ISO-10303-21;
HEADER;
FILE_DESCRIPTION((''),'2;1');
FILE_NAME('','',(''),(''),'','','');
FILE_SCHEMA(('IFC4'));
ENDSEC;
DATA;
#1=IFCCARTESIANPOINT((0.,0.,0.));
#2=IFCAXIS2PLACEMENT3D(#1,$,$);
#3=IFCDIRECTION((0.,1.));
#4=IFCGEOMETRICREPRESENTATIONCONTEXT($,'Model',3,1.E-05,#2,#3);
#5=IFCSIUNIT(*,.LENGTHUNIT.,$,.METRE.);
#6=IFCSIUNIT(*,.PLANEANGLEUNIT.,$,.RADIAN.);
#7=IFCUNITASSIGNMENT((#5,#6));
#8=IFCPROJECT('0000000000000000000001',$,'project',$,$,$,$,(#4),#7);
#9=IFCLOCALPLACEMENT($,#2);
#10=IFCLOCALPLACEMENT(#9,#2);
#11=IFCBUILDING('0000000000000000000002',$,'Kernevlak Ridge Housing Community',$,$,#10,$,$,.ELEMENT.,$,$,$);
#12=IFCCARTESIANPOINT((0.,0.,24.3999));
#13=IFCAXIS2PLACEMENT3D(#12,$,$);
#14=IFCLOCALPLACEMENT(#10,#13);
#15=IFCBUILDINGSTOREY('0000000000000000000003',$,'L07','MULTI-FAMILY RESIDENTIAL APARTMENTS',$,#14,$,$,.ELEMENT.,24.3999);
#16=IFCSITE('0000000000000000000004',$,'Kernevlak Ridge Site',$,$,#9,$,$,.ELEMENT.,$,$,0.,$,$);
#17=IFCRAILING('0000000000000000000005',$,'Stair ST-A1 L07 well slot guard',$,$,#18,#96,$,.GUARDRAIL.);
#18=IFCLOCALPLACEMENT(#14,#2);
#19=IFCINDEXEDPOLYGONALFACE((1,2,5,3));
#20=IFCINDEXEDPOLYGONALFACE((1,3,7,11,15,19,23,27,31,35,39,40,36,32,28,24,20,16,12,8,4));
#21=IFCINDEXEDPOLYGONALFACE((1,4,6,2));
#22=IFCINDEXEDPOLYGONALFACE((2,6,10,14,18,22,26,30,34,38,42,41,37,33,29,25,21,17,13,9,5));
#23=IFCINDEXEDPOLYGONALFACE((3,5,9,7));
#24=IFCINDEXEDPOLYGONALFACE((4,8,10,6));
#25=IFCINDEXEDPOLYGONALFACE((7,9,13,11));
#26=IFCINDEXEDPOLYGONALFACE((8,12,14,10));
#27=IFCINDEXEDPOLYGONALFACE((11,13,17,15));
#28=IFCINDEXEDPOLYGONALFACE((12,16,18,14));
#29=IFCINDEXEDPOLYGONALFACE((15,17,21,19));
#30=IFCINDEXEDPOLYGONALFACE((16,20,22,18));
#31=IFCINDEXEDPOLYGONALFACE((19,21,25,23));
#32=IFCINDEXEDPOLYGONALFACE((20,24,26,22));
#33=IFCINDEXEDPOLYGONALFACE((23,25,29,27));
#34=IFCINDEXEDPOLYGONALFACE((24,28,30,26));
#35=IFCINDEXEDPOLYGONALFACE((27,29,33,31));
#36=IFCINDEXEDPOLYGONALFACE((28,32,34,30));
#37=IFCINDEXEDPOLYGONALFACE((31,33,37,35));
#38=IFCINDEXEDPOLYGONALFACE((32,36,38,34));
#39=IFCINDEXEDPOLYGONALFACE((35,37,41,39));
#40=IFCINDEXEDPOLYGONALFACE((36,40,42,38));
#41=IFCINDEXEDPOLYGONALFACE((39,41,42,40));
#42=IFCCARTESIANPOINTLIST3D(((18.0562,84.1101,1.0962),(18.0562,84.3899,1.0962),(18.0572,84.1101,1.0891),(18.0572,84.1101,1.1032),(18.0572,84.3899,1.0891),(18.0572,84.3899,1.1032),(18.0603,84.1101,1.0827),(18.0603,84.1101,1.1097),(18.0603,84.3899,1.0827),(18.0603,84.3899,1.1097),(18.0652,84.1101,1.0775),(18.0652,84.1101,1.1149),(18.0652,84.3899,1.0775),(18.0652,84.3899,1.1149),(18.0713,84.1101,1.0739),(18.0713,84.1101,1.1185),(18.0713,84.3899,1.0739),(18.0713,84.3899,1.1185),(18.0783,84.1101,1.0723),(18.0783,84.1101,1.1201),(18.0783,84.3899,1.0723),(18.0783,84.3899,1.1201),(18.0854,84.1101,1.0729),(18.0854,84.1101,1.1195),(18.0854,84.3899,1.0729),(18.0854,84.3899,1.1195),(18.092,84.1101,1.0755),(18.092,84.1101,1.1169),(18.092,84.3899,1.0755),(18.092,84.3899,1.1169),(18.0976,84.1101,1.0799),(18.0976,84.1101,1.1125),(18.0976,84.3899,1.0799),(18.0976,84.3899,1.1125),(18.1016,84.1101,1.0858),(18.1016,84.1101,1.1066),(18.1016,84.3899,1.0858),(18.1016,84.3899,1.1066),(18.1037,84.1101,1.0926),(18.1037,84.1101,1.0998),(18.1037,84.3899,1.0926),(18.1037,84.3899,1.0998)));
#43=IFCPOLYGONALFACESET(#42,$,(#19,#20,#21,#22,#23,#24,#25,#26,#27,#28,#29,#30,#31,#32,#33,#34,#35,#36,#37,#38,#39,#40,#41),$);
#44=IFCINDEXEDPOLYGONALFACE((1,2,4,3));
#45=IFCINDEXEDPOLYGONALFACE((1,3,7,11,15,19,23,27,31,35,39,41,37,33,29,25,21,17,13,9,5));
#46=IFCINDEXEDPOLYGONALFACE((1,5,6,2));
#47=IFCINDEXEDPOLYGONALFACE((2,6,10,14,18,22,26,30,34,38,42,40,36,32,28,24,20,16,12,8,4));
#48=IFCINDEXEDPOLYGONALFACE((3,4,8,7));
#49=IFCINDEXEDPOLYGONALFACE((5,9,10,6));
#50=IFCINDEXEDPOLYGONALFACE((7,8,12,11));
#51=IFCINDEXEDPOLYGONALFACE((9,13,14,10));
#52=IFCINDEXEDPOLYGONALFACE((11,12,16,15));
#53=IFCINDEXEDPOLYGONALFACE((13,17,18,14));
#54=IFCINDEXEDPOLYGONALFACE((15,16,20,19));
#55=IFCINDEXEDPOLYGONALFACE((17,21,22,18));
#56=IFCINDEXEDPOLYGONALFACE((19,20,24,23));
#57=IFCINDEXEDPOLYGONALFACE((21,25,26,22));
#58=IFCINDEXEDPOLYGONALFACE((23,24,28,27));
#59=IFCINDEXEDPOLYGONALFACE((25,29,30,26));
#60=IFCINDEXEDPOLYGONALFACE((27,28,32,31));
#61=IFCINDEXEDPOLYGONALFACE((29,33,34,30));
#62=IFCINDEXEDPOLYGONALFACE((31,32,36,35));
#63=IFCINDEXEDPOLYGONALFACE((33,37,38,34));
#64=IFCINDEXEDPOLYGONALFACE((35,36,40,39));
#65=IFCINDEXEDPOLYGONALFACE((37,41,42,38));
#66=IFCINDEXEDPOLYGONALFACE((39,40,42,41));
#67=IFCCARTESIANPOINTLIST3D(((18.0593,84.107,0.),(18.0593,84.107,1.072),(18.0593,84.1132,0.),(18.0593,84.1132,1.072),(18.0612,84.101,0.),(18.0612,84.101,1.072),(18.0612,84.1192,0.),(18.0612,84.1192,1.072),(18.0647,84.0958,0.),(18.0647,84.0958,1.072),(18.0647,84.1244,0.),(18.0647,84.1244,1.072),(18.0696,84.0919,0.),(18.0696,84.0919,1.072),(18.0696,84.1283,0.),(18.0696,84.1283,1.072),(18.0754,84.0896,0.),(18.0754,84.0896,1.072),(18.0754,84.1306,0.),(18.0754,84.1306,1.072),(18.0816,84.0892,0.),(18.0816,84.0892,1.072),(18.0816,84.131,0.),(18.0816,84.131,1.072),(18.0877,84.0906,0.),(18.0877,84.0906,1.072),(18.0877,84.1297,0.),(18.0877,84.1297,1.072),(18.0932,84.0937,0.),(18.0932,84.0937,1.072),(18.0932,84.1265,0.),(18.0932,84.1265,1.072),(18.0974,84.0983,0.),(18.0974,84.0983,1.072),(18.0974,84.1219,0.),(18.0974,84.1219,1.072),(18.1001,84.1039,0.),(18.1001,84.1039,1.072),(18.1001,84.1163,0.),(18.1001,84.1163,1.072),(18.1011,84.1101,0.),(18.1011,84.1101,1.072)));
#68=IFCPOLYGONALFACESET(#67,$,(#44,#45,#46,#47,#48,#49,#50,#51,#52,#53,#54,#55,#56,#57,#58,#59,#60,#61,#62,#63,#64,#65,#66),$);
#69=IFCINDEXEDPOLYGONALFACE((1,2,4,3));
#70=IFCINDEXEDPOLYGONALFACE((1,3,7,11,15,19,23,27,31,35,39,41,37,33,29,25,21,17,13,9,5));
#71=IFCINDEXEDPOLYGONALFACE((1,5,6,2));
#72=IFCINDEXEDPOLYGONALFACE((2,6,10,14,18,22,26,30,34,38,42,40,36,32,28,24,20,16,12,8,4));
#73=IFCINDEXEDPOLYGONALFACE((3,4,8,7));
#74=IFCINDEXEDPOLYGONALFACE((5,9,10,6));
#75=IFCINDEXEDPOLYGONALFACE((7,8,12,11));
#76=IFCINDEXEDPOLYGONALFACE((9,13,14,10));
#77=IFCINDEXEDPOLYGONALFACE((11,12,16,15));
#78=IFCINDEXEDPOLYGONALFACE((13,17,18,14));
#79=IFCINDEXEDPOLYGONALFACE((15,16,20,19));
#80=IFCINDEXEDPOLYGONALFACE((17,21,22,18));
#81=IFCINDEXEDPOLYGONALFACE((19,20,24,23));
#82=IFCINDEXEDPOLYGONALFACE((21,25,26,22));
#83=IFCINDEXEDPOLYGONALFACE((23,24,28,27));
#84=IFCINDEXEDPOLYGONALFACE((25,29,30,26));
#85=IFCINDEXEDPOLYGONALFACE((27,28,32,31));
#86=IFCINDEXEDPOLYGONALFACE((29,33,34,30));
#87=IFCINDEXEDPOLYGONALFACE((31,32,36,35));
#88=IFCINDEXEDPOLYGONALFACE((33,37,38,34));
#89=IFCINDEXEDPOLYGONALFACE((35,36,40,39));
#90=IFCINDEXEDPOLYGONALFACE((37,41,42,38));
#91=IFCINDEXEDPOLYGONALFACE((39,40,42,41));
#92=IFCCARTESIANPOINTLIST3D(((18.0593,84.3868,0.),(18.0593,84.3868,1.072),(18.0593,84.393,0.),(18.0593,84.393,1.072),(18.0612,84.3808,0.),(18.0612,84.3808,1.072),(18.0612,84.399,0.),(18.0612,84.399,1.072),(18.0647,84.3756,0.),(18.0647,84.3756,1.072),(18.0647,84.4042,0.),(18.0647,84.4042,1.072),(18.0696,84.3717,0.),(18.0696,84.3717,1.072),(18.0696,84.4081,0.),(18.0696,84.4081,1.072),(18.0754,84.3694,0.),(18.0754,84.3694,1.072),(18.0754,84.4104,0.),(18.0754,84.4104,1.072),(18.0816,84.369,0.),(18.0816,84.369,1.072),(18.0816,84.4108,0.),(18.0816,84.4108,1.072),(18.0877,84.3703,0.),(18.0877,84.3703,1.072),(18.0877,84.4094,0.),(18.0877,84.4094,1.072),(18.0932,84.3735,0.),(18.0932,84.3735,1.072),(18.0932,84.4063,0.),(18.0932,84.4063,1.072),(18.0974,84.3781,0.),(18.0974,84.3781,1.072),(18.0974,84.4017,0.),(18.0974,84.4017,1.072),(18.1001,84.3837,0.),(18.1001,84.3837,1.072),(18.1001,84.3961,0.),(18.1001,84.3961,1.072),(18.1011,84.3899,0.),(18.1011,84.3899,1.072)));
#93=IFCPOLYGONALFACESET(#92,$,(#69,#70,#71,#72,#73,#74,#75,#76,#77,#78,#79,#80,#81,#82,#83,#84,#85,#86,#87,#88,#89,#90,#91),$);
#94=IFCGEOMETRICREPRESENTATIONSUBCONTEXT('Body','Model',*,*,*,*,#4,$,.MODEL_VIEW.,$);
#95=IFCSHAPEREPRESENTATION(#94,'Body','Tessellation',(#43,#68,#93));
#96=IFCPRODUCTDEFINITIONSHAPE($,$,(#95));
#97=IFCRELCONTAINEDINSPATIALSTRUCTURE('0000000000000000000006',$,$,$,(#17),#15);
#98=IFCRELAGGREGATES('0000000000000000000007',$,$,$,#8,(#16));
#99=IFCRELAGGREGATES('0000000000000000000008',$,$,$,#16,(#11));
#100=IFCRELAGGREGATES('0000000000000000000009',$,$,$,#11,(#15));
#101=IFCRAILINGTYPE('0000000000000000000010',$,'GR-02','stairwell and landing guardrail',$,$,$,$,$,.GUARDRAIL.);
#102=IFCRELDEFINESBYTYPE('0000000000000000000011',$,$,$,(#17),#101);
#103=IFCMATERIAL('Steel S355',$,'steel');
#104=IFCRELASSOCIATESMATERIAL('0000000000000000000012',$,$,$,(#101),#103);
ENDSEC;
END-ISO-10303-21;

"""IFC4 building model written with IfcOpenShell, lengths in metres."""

from ifc_helpers import new_model, si_unit, direction, frame, origin, origin_2d, place, context, subcontext, project, spatial, circle, extrude, material, type_object, element, save


model = new_model("IFC4")

# Units and contexts
model_context = context("Model", 3, precision=1e-05, world=origin(), true_north=direction((0.0, 1.0)))
body_context = subcontext(model_context, "Body", "Model", "MODEL_VIEW")
ifc_project = project(units=[si_unit("LENGTHUNIT", "METRE"), si_unit("PLANEANGLEUNIT", "RADIAN")], contexts=[model_context])

# Site, building, storey
site_placement = place(None, origin())
site = spatial("IfcSite", under=ifc_project, at=site_placement, Name="Kernevlak Ridge Site", CompositionType="ELEMENT", RefElevation=0.0)
building_placement = place(site_placement, origin())
building = spatial("IfcBuilding", under=site, at=building_placement, Name="Kernevlak Ridge Housing Community", CompositionType="ELEMENT")
storey_placement = place(building_placement, frame((0.0, 0.0, 24.3999)))
storey = spatial("IfcBuildingStorey", under=building, at=storey_placement, Name="L07", Description="MULTI-FAMILY RESIDENTIAL APARTMENTS", CompositionType="ELEMENT", Elevation=24.3999)

# Railing
ifc_material_1 = material(Name="Steel S355", Category="steel")
railing_type_1 = type_object("IfcRailingType", Name="GR-02", Description="stairwell and landing guardrail", PredefinedType="GUARDRAIL", material=ifc_material_1)
railing_1_placement = place(storey_placement, frame((18.0801, 84.1101, 0.0)))
element("IfcRailing", 1, at=railing_1_placement, inside=storey, type_object=railing_type_1, Name="Stair ST-A1 L07 well slot guard", PredefinedType="GUARDRAIL", context=body_context, shape_type="SweptSolid", body=[
    extrude(circle(Radius=0.0239, at=origin_2d()), frame((0.0, 0.0, 1.0962), z_axis=(0.0, 1.0, 0.0), x_axis=(-1.0, 0.0, 0.0)), (0.0, 0.0, 1.0), 0.2798),
    extrude(circle(Radius=0.021, at=origin_2d()), origin(), (0.0, 0.0, 1.0), 1.072),
    extrude(circle(Radius=0.021, at=origin_2d()), frame((0.0, 0.2798, 0.0)), (0.0, 0.0, 1.0), 1.072),
])

save(model, "model.ifc")
